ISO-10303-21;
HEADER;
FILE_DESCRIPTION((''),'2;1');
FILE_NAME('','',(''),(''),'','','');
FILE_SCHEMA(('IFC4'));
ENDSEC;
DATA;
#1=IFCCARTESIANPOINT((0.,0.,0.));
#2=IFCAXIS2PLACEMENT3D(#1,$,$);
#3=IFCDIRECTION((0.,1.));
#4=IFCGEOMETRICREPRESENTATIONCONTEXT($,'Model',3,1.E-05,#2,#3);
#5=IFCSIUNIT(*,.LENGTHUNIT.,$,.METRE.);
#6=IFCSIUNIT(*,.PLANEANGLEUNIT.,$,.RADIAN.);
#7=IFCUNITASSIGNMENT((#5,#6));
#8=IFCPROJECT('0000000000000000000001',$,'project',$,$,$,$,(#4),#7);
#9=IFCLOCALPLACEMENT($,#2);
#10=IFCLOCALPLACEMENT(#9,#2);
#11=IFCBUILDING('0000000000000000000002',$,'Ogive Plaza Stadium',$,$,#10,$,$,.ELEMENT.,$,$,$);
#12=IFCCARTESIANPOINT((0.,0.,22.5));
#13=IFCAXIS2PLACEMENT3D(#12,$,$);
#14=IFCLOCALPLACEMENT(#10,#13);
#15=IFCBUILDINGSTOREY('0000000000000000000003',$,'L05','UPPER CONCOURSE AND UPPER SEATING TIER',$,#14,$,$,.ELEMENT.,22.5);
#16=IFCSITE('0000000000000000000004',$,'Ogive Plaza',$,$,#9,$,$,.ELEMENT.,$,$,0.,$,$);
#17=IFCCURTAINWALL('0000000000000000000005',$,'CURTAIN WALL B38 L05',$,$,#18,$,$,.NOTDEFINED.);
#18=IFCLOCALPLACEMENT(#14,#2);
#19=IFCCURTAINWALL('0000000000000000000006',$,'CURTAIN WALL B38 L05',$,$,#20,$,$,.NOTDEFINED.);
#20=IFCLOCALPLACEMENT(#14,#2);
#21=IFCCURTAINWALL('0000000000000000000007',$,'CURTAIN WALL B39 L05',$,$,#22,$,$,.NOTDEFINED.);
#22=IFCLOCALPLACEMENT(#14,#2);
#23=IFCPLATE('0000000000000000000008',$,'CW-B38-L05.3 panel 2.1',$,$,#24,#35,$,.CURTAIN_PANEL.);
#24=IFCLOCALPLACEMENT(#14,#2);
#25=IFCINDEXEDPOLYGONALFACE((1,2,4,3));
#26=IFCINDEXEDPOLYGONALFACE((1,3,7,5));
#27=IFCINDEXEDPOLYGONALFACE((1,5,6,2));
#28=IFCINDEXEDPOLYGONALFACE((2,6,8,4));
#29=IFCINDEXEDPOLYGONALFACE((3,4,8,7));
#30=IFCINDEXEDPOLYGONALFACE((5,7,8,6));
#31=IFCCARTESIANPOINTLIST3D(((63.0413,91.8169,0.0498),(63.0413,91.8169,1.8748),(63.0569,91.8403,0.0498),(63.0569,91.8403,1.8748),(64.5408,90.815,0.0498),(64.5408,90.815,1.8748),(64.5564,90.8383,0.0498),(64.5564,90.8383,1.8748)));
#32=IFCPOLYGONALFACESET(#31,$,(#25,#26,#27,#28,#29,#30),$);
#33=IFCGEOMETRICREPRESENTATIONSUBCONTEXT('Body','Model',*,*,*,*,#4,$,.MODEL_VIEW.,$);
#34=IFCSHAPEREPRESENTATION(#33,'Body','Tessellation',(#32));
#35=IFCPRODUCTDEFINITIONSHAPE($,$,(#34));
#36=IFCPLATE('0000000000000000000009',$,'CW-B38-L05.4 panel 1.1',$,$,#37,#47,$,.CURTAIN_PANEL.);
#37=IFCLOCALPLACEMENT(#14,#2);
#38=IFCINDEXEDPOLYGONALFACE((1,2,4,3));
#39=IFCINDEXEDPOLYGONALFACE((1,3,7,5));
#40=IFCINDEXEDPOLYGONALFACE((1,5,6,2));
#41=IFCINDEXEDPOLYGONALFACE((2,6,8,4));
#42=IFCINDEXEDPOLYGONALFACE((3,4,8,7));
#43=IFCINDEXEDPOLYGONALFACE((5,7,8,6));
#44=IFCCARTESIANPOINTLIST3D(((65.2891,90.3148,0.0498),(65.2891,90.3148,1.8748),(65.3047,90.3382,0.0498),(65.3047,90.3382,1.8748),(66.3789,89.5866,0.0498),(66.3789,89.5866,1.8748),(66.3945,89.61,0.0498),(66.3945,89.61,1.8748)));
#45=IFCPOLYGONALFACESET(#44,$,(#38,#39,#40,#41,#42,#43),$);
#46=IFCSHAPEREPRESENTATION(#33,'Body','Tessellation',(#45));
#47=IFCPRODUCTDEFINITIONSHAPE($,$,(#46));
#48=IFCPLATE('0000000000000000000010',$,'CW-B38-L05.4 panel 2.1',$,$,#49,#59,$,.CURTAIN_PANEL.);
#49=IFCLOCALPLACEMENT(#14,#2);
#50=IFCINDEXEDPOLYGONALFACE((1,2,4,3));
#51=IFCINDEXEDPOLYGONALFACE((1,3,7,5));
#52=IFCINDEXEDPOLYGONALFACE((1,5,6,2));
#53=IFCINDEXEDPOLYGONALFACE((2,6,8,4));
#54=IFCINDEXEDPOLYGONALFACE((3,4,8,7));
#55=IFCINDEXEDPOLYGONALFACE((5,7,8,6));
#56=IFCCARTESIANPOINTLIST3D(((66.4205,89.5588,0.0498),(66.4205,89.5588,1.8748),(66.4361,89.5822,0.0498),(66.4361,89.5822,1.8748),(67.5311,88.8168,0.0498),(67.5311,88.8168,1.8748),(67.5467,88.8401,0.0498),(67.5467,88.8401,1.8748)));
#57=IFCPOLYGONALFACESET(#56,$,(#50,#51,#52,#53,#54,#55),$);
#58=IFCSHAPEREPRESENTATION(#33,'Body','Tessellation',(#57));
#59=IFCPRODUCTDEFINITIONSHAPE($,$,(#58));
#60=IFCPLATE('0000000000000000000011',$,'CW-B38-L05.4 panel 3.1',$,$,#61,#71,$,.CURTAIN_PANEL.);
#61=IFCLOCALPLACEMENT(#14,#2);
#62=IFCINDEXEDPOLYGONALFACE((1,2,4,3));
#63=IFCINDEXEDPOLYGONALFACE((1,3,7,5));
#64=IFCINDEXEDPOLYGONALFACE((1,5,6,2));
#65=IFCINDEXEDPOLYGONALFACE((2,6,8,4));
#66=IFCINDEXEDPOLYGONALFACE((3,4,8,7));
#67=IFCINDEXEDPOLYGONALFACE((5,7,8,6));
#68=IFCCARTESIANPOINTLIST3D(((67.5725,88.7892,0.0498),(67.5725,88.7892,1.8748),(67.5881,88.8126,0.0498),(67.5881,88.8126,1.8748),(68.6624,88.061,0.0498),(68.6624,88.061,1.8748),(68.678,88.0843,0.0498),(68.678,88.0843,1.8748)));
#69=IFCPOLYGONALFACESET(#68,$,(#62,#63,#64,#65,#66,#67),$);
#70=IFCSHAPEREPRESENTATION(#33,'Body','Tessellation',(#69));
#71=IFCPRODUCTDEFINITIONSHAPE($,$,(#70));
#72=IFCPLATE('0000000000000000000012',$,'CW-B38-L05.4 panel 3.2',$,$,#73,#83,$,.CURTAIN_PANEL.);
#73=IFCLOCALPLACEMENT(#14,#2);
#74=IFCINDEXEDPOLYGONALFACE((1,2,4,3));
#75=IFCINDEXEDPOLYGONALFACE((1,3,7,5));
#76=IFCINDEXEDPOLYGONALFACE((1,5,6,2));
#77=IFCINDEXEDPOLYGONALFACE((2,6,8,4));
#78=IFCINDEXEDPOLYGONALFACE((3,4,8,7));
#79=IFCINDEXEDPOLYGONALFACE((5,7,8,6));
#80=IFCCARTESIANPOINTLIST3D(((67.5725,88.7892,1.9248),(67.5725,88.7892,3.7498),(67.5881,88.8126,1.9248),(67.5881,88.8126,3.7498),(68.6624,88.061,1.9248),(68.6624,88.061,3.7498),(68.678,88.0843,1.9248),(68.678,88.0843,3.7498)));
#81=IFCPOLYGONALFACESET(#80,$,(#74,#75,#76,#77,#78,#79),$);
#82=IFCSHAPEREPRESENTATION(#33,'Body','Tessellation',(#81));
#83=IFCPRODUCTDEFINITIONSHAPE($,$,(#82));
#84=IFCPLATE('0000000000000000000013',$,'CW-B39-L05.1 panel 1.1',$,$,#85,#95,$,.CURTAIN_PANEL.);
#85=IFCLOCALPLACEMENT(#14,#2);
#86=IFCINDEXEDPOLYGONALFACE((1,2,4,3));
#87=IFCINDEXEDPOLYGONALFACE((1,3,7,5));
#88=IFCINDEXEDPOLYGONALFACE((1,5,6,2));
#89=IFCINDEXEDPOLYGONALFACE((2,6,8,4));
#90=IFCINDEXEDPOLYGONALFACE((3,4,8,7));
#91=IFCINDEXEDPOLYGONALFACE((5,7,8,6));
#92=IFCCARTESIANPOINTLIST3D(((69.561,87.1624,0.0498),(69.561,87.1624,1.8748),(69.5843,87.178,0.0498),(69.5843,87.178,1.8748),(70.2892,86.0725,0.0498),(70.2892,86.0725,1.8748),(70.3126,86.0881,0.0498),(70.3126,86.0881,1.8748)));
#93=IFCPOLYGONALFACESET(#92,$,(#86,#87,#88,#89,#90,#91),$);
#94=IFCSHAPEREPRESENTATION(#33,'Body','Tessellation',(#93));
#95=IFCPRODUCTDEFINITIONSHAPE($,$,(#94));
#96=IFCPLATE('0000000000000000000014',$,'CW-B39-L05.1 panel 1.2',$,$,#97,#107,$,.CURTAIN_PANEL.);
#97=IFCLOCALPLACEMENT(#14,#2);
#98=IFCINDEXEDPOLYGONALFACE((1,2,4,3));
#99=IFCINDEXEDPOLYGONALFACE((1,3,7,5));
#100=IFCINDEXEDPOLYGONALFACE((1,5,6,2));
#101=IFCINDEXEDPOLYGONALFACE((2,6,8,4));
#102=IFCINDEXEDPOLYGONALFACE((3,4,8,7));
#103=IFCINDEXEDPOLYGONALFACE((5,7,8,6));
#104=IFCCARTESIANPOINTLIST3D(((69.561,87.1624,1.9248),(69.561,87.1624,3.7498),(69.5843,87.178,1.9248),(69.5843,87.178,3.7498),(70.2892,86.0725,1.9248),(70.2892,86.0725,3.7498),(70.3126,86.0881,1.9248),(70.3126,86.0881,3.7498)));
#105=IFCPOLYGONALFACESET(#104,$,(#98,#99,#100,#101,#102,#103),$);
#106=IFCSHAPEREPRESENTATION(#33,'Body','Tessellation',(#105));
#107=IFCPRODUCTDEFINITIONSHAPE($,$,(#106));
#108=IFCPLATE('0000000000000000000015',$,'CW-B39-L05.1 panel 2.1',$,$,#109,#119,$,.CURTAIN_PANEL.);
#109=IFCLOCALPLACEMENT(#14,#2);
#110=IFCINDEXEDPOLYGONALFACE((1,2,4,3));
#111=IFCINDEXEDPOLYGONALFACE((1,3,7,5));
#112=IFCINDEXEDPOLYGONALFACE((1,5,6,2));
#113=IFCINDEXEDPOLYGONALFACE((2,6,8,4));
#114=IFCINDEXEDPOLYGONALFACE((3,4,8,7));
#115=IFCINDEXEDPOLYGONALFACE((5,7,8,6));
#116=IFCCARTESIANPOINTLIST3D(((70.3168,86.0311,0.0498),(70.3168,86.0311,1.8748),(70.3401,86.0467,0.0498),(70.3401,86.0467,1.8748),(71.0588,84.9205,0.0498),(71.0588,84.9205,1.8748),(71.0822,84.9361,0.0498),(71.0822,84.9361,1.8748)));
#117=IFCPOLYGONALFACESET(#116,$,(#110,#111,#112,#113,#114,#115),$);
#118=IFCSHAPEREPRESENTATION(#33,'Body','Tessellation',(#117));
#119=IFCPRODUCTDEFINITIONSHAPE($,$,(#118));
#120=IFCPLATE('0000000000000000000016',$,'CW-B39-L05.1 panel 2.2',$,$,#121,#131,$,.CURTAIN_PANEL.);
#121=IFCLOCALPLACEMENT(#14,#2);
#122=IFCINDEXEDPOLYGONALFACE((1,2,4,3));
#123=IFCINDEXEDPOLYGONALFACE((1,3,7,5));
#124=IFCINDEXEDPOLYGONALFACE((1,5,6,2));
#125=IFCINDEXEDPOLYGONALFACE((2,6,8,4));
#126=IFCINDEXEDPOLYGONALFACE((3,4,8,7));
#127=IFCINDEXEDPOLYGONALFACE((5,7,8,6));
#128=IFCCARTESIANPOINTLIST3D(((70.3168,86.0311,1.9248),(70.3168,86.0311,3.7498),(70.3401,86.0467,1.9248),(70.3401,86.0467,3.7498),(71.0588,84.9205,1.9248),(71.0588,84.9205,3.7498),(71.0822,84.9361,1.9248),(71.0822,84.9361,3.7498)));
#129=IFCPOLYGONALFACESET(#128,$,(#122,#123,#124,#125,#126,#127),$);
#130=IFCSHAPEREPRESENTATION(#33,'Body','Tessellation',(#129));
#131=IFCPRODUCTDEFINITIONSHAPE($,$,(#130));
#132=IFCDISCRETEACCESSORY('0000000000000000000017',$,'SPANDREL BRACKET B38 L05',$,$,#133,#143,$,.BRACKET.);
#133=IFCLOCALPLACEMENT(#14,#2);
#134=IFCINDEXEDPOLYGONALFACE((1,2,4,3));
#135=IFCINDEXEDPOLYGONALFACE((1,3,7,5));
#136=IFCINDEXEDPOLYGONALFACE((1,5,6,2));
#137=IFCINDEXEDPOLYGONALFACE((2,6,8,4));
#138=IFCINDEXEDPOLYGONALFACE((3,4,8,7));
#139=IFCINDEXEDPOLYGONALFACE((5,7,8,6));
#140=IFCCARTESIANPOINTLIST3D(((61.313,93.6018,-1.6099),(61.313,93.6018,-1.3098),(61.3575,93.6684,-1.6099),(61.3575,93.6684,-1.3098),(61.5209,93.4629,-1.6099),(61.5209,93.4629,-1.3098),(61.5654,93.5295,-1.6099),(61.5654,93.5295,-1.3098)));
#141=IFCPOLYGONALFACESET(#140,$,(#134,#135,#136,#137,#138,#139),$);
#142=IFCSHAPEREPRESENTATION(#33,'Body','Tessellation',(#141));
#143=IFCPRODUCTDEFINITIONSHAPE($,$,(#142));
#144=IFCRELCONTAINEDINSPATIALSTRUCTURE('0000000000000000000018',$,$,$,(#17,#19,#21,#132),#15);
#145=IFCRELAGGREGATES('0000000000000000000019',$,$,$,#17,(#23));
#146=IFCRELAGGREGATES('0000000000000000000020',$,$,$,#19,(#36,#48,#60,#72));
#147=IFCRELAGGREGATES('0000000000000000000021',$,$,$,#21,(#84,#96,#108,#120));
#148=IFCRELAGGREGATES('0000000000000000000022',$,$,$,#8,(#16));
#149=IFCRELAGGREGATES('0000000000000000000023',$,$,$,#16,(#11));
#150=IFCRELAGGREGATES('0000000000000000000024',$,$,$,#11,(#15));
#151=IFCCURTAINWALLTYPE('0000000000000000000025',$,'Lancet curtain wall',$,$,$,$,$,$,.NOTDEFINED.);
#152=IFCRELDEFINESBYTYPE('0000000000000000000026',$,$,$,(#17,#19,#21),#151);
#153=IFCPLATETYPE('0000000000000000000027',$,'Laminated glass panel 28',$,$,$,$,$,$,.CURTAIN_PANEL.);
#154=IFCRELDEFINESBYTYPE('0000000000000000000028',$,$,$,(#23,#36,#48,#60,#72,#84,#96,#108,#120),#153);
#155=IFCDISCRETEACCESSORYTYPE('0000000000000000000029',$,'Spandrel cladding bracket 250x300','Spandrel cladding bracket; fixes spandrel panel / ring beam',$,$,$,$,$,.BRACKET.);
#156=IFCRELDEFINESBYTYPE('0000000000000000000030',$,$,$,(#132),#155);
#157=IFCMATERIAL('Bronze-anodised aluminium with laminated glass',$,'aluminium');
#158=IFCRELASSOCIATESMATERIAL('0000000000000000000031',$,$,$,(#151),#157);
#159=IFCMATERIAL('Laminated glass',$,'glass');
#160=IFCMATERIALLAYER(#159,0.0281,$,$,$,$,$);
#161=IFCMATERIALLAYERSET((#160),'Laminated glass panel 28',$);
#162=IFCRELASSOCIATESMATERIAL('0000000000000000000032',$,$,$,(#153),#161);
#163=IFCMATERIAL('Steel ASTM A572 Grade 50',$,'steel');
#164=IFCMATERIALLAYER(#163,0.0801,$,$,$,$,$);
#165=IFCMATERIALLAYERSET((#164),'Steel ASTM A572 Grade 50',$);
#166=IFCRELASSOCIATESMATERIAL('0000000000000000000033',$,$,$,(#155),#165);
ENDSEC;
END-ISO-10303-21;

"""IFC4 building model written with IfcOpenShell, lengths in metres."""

from ifc_helpers import new_model, si_unit, direction, frame, origin, origin_2d, place, context, subcontext, project, spatial, rectangle, extrude, material, layer, layer_set, type_object, element, aggregate, save


model = new_model("IFC4")

# Units and contexts
model_context = context("Model", 3, precision=1e-05, world=origin(), true_north=direction((0.0, 1.0)))
body_context = subcontext(model_context, "Body", "Model", "MODEL_VIEW")
ifc_project = project(units=[si_unit("LENGTHUNIT", "METRE"), si_unit("PLANEANGLEUNIT", "RADIAN")], contexts=[model_context])

# Site, building, storey
site_placement = place(None, origin())
site = spatial("IfcSite", under=ifc_project, at=site_placement, Name="Ogive Plaza", CompositionType="ELEMENT", RefElevation=0.0)
building_placement = place(site_placement, origin())
building = spatial("IfcBuilding", under=site, at=building_placement, Name="Ogive Plaza Stadium", CompositionType="ELEMENT")
storey_placement = place(building_placement, frame((0.0, 0.0, 22.5)))
storey = spatial("IfcBuildingStorey", under=building, at=storey_placement, Name="L05", Description="UPPER CONCOURSE AND UPPER SEATING TIER", CompositionType="ELEMENT", Elevation=22.5)

# Curtain walls
ifc_material_1 = material(Name="Bronze-anodised aluminium with laminated glass", Category="aluminium")
curtain_wall_type = type_object("IfcCurtainWallType", Name="Lancet curtain wall", PredefinedType="NOTDEFINED", material=ifc_material_1)
curtain_wall_1_placement = place(storey_placement, origin())
curtain_wall_1 = element("IfcCurtainWall", 1, at=curtain_wall_1_placement, inside=storey, type_object=curtain_wall_type, Name="CURTAIN WALL B38 L05", PredefinedType="NOTDEFINED")
curtain_wall_2_placement = place(storey_placement, origin())
curtain_wall_2 = element("IfcCurtainWall", 2, at=curtain_wall_2_placement, inside=storey, type_object=curtain_wall_type, Name="CURTAIN WALL B38 L05", PredefinedType="NOTDEFINED")
curtain_wall_3_placement = place(storey_placement, origin())
curtain_wall_3 = element("IfcCurtainWall", 3, at=curtain_wall_3_placement, inside=storey, type_object=curtain_wall_type, Name="CURTAIN WALL B39 L05", PredefinedType="NOTDEFINED")

# Plates
ifc_material_2 = material(Name="Laminated glass", Category="glass")
ifc_layer_1 = layer(ifc_material_2, 0.0281)
ifc_layer_set_1 = layer_set([ifc_layer_1], Name="Laminated glass panel 28")
plate_type = type_object("IfcPlateType", Name="Laminated glass panel 28", PredefinedType="CURTAIN_PANEL", material=ifc_layer_set_1)
plate_1_placement = place(storey_placement, frame((63.7988, 91.3276, 0.0498), z_axis=(0.0, 0.0, 1.0), x_axis=(0.83147, -0.55557, 0.0)))
plate_1 = element("IfcPlate", 4, at=plate_1_placement, type_object=plate_type, Name="CW-B38-L05.3 panel 2.1", PredefinedType="CURTAIN_PANEL", context=body_context, shape_type="SweptSolid", body=[
    extrude(rectangle(XDim=1.8035, YDim=0.0281, at=origin_2d()), origin(), (0.0, 0.0, 1.0), 1.825),
])
aggregate(curtain_wall_1, [plate_1])
plate_2_placement = place(storey_placement, frame((65.8418, 89.9624, 0.0498), z_axis=(0.0, 0.0, 1.0), x_axis=(0.83147, -0.55557, 0.0)))
plate_2 = element("IfcPlate", 5, at=plate_2_placement, type_object=plate_type, Name="CW-B38-L05.4 panel 1.1", PredefinedType="CURTAIN_PANEL", context=body_context, shape_type="SweptSolid", body=[
    extrude(rectangle(XDim=1.3108, YDim=0.0281, at=origin_2d()), origin(), (0.0, 0.0, 1.0), 1.825),
])
plate_3_placement = place(storey_placement, frame((66.9836, 89.1995, 0.0498), z_axis=(0.0, 0.0, 1.0), x_axis=(0.83147, -0.55557, 0.0)))
plate_3 = element("IfcPlate", 6, at=plate_3_placement, type_object=plate_type, Name="CW-B38-L05.4 panel 2.1", PredefinedType="CURTAIN_PANEL", context=body_context, shape_type="SweptSolid", body=[
    extrude(rectangle(XDim=1.3357, YDim=0.0281, at=origin_2d()), origin(), (0.0, 0.0, 1.0), 1.825),
])
plate_4_placement = place(storey_placement, frame((68.1252, 88.4368, 0.0498), z_axis=(0.0, 0.0, 1.0), x_axis=(0.83147, -0.55557, 0.0)))
plate_4 = element("IfcPlate", 7, at=plate_4_placement, type_object=plate_type, Name="CW-B38-L05.4 panel 3.1", PredefinedType="CURTAIN_PANEL", context=body_context, shape_type="SweptSolid", body=[
    extrude(rectangle(XDim=1.3108, YDim=0.0281, at=origin_2d()), origin(), (0.0, 0.0, 1.0), 1.825),
])
plate_5_placement = place(storey_placement, frame((68.1252, 88.4368, 1.9248), z_axis=(0.0, 0.0, 1.0), x_axis=(0.83147, -0.55557, 0.0)))
plate_5 = element("IfcPlate", 8, at=plate_5_placement, type_object=plate_type, Name="CW-B38-L05.4 panel 3.2", PredefinedType="CURTAIN_PANEL", context=body_context, shape_type="SweptSolid", body=[
    extrude(rectangle(XDim=1.3108, YDim=0.0281, at=origin_2d()), origin(), (0.0, 0.0, 1.0), 1.825),
])
aggregate(curtain_wall_2, [plate_2, plate_3, plate_4, plate_5])
plate_6_placement = place(storey_placement, frame((69.9368, 86.6252, 0.0498), z_axis=(0.0, 0.0, 1.0), x_axis=(0.55557, -0.83147, 0.0)))
plate_6 = element("IfcPlate", 9, at=plate_6_placement, type_object=plate_type, Name="CW-B39-L05.1 panel 1.1", PredefinedType="CURTAIN_PANEL", context=body_context, shape_type="SweptSolid", body=[
    extrude(rectangle(XDim=1.3108, YDim=0.0281, at=origin_2d()), origin(), (0.0, 0.0, 1.0), 1.825),
])
plate_7_placement = place(storey_placement, frame((69.9368, 86.6252, 1.9248), z_axis=(0.0, 0.0, 1.0), x_axis=(0.55557, -0.83147, 0.0)))
plate_7 = element("IfcPlate", 10, at=plate_7_placement, type_object=plate_type, Name="CW-B39-L05.1 panel 1.2", PredefinedType="CURTAIN_PANEL", context=body_context, shape_type="SweptSolid", body=[
    extrude(rectangle(XDim=1.3108, YDim=0.0281, at=origin_2d()), origin(), (0.0, 0.0, 1.0), 1.825),
])
plate_8_placement = place(storey_placement, frame((70.6995, 85.4836, 0.0498), z_axis=(0.0, 0.0, 1.0), x_axis=(0.55557, -0.83147, 0.0)))
plate_8 = element("IfcPlate", 11, at=plate_8_placement, type_object=plate_type, Name="CW-B39-L05.1 panel 2.1", PredefinedType="CURTAIN_PANEL", context=body_context, shape_type="SweptSolid", body=[
    extrude(rectangle(XDim=1.3357, YDim=0.0281, at=origin_2d()), origin(), (0.0, 0.0, 1.0), 1.825),
])
plate_9_placement = place(storey_placement, frame((70.6995, 85.4836, 1.9248), z_axis=(0.0, 0.0, 1.0), x_axis=(0.55557, -0.83147, 0.0)))
plate_9 = element("IfcPlate", 12, at=plate_9_placement, type_object=plate_type, Name="CW-B39-L05.1 panel 2.2", PredefinedType="CURTAIN_PANEL", context=body_context, shape_type="SweptSolid", body=[
    extrude(rectangle(XDim=1.3357, YDim=0.0281, at=origin_2d()), origin(), (0.0, 0.0, 1.0), 1.825),
])
aggregate(curtain_wall_3, [plate_6, plate_7, plate_8, plate_9])

# Discrete accessory
ifc_material_3 = material(Name="Steel ASTM A572 Grade 50", Category="steel")
ifc_layer_2 = layer(ifc_material_3, 0.0801)
ifc_layer_set_2 = layer_set([ifc_layer_2], Name="Steel ASTM A572 Grade 50")
discrete_accessory_type = type_object("IfcDiscreteAccessoryType", Name="Spandrel cladding bracket 250x300", Description="Spandrel cladding bracket; fixes spandrel panel / ring beam", PredefinedType="BRACKET", material=ifc_layer_set_2)
discrete_accessory_placement = place(storey_placement, frame((61.4392, 93.5657, -1.6099), z_axis=(0.0, 0.0, 1.0), x_axis=(0.83147, -0.55557, 0.0)))
element("IfcDiscreteAccessory", 13, at=discrete_accessory_placement, inside=storey, type_object=discrete_accessory_type, Name="SPANDREL BRACKET B38 L05", PredefinedType="BRACKET", context=body_context, shape_type="SweptSolid", body=[
    extrude(rectangle(XDim=0.25, YDim=0.0801, at=origin_2d()), origin(), (0.0, 0.0, 1.0), 0.3),
])

save(model, "model.ifc")
